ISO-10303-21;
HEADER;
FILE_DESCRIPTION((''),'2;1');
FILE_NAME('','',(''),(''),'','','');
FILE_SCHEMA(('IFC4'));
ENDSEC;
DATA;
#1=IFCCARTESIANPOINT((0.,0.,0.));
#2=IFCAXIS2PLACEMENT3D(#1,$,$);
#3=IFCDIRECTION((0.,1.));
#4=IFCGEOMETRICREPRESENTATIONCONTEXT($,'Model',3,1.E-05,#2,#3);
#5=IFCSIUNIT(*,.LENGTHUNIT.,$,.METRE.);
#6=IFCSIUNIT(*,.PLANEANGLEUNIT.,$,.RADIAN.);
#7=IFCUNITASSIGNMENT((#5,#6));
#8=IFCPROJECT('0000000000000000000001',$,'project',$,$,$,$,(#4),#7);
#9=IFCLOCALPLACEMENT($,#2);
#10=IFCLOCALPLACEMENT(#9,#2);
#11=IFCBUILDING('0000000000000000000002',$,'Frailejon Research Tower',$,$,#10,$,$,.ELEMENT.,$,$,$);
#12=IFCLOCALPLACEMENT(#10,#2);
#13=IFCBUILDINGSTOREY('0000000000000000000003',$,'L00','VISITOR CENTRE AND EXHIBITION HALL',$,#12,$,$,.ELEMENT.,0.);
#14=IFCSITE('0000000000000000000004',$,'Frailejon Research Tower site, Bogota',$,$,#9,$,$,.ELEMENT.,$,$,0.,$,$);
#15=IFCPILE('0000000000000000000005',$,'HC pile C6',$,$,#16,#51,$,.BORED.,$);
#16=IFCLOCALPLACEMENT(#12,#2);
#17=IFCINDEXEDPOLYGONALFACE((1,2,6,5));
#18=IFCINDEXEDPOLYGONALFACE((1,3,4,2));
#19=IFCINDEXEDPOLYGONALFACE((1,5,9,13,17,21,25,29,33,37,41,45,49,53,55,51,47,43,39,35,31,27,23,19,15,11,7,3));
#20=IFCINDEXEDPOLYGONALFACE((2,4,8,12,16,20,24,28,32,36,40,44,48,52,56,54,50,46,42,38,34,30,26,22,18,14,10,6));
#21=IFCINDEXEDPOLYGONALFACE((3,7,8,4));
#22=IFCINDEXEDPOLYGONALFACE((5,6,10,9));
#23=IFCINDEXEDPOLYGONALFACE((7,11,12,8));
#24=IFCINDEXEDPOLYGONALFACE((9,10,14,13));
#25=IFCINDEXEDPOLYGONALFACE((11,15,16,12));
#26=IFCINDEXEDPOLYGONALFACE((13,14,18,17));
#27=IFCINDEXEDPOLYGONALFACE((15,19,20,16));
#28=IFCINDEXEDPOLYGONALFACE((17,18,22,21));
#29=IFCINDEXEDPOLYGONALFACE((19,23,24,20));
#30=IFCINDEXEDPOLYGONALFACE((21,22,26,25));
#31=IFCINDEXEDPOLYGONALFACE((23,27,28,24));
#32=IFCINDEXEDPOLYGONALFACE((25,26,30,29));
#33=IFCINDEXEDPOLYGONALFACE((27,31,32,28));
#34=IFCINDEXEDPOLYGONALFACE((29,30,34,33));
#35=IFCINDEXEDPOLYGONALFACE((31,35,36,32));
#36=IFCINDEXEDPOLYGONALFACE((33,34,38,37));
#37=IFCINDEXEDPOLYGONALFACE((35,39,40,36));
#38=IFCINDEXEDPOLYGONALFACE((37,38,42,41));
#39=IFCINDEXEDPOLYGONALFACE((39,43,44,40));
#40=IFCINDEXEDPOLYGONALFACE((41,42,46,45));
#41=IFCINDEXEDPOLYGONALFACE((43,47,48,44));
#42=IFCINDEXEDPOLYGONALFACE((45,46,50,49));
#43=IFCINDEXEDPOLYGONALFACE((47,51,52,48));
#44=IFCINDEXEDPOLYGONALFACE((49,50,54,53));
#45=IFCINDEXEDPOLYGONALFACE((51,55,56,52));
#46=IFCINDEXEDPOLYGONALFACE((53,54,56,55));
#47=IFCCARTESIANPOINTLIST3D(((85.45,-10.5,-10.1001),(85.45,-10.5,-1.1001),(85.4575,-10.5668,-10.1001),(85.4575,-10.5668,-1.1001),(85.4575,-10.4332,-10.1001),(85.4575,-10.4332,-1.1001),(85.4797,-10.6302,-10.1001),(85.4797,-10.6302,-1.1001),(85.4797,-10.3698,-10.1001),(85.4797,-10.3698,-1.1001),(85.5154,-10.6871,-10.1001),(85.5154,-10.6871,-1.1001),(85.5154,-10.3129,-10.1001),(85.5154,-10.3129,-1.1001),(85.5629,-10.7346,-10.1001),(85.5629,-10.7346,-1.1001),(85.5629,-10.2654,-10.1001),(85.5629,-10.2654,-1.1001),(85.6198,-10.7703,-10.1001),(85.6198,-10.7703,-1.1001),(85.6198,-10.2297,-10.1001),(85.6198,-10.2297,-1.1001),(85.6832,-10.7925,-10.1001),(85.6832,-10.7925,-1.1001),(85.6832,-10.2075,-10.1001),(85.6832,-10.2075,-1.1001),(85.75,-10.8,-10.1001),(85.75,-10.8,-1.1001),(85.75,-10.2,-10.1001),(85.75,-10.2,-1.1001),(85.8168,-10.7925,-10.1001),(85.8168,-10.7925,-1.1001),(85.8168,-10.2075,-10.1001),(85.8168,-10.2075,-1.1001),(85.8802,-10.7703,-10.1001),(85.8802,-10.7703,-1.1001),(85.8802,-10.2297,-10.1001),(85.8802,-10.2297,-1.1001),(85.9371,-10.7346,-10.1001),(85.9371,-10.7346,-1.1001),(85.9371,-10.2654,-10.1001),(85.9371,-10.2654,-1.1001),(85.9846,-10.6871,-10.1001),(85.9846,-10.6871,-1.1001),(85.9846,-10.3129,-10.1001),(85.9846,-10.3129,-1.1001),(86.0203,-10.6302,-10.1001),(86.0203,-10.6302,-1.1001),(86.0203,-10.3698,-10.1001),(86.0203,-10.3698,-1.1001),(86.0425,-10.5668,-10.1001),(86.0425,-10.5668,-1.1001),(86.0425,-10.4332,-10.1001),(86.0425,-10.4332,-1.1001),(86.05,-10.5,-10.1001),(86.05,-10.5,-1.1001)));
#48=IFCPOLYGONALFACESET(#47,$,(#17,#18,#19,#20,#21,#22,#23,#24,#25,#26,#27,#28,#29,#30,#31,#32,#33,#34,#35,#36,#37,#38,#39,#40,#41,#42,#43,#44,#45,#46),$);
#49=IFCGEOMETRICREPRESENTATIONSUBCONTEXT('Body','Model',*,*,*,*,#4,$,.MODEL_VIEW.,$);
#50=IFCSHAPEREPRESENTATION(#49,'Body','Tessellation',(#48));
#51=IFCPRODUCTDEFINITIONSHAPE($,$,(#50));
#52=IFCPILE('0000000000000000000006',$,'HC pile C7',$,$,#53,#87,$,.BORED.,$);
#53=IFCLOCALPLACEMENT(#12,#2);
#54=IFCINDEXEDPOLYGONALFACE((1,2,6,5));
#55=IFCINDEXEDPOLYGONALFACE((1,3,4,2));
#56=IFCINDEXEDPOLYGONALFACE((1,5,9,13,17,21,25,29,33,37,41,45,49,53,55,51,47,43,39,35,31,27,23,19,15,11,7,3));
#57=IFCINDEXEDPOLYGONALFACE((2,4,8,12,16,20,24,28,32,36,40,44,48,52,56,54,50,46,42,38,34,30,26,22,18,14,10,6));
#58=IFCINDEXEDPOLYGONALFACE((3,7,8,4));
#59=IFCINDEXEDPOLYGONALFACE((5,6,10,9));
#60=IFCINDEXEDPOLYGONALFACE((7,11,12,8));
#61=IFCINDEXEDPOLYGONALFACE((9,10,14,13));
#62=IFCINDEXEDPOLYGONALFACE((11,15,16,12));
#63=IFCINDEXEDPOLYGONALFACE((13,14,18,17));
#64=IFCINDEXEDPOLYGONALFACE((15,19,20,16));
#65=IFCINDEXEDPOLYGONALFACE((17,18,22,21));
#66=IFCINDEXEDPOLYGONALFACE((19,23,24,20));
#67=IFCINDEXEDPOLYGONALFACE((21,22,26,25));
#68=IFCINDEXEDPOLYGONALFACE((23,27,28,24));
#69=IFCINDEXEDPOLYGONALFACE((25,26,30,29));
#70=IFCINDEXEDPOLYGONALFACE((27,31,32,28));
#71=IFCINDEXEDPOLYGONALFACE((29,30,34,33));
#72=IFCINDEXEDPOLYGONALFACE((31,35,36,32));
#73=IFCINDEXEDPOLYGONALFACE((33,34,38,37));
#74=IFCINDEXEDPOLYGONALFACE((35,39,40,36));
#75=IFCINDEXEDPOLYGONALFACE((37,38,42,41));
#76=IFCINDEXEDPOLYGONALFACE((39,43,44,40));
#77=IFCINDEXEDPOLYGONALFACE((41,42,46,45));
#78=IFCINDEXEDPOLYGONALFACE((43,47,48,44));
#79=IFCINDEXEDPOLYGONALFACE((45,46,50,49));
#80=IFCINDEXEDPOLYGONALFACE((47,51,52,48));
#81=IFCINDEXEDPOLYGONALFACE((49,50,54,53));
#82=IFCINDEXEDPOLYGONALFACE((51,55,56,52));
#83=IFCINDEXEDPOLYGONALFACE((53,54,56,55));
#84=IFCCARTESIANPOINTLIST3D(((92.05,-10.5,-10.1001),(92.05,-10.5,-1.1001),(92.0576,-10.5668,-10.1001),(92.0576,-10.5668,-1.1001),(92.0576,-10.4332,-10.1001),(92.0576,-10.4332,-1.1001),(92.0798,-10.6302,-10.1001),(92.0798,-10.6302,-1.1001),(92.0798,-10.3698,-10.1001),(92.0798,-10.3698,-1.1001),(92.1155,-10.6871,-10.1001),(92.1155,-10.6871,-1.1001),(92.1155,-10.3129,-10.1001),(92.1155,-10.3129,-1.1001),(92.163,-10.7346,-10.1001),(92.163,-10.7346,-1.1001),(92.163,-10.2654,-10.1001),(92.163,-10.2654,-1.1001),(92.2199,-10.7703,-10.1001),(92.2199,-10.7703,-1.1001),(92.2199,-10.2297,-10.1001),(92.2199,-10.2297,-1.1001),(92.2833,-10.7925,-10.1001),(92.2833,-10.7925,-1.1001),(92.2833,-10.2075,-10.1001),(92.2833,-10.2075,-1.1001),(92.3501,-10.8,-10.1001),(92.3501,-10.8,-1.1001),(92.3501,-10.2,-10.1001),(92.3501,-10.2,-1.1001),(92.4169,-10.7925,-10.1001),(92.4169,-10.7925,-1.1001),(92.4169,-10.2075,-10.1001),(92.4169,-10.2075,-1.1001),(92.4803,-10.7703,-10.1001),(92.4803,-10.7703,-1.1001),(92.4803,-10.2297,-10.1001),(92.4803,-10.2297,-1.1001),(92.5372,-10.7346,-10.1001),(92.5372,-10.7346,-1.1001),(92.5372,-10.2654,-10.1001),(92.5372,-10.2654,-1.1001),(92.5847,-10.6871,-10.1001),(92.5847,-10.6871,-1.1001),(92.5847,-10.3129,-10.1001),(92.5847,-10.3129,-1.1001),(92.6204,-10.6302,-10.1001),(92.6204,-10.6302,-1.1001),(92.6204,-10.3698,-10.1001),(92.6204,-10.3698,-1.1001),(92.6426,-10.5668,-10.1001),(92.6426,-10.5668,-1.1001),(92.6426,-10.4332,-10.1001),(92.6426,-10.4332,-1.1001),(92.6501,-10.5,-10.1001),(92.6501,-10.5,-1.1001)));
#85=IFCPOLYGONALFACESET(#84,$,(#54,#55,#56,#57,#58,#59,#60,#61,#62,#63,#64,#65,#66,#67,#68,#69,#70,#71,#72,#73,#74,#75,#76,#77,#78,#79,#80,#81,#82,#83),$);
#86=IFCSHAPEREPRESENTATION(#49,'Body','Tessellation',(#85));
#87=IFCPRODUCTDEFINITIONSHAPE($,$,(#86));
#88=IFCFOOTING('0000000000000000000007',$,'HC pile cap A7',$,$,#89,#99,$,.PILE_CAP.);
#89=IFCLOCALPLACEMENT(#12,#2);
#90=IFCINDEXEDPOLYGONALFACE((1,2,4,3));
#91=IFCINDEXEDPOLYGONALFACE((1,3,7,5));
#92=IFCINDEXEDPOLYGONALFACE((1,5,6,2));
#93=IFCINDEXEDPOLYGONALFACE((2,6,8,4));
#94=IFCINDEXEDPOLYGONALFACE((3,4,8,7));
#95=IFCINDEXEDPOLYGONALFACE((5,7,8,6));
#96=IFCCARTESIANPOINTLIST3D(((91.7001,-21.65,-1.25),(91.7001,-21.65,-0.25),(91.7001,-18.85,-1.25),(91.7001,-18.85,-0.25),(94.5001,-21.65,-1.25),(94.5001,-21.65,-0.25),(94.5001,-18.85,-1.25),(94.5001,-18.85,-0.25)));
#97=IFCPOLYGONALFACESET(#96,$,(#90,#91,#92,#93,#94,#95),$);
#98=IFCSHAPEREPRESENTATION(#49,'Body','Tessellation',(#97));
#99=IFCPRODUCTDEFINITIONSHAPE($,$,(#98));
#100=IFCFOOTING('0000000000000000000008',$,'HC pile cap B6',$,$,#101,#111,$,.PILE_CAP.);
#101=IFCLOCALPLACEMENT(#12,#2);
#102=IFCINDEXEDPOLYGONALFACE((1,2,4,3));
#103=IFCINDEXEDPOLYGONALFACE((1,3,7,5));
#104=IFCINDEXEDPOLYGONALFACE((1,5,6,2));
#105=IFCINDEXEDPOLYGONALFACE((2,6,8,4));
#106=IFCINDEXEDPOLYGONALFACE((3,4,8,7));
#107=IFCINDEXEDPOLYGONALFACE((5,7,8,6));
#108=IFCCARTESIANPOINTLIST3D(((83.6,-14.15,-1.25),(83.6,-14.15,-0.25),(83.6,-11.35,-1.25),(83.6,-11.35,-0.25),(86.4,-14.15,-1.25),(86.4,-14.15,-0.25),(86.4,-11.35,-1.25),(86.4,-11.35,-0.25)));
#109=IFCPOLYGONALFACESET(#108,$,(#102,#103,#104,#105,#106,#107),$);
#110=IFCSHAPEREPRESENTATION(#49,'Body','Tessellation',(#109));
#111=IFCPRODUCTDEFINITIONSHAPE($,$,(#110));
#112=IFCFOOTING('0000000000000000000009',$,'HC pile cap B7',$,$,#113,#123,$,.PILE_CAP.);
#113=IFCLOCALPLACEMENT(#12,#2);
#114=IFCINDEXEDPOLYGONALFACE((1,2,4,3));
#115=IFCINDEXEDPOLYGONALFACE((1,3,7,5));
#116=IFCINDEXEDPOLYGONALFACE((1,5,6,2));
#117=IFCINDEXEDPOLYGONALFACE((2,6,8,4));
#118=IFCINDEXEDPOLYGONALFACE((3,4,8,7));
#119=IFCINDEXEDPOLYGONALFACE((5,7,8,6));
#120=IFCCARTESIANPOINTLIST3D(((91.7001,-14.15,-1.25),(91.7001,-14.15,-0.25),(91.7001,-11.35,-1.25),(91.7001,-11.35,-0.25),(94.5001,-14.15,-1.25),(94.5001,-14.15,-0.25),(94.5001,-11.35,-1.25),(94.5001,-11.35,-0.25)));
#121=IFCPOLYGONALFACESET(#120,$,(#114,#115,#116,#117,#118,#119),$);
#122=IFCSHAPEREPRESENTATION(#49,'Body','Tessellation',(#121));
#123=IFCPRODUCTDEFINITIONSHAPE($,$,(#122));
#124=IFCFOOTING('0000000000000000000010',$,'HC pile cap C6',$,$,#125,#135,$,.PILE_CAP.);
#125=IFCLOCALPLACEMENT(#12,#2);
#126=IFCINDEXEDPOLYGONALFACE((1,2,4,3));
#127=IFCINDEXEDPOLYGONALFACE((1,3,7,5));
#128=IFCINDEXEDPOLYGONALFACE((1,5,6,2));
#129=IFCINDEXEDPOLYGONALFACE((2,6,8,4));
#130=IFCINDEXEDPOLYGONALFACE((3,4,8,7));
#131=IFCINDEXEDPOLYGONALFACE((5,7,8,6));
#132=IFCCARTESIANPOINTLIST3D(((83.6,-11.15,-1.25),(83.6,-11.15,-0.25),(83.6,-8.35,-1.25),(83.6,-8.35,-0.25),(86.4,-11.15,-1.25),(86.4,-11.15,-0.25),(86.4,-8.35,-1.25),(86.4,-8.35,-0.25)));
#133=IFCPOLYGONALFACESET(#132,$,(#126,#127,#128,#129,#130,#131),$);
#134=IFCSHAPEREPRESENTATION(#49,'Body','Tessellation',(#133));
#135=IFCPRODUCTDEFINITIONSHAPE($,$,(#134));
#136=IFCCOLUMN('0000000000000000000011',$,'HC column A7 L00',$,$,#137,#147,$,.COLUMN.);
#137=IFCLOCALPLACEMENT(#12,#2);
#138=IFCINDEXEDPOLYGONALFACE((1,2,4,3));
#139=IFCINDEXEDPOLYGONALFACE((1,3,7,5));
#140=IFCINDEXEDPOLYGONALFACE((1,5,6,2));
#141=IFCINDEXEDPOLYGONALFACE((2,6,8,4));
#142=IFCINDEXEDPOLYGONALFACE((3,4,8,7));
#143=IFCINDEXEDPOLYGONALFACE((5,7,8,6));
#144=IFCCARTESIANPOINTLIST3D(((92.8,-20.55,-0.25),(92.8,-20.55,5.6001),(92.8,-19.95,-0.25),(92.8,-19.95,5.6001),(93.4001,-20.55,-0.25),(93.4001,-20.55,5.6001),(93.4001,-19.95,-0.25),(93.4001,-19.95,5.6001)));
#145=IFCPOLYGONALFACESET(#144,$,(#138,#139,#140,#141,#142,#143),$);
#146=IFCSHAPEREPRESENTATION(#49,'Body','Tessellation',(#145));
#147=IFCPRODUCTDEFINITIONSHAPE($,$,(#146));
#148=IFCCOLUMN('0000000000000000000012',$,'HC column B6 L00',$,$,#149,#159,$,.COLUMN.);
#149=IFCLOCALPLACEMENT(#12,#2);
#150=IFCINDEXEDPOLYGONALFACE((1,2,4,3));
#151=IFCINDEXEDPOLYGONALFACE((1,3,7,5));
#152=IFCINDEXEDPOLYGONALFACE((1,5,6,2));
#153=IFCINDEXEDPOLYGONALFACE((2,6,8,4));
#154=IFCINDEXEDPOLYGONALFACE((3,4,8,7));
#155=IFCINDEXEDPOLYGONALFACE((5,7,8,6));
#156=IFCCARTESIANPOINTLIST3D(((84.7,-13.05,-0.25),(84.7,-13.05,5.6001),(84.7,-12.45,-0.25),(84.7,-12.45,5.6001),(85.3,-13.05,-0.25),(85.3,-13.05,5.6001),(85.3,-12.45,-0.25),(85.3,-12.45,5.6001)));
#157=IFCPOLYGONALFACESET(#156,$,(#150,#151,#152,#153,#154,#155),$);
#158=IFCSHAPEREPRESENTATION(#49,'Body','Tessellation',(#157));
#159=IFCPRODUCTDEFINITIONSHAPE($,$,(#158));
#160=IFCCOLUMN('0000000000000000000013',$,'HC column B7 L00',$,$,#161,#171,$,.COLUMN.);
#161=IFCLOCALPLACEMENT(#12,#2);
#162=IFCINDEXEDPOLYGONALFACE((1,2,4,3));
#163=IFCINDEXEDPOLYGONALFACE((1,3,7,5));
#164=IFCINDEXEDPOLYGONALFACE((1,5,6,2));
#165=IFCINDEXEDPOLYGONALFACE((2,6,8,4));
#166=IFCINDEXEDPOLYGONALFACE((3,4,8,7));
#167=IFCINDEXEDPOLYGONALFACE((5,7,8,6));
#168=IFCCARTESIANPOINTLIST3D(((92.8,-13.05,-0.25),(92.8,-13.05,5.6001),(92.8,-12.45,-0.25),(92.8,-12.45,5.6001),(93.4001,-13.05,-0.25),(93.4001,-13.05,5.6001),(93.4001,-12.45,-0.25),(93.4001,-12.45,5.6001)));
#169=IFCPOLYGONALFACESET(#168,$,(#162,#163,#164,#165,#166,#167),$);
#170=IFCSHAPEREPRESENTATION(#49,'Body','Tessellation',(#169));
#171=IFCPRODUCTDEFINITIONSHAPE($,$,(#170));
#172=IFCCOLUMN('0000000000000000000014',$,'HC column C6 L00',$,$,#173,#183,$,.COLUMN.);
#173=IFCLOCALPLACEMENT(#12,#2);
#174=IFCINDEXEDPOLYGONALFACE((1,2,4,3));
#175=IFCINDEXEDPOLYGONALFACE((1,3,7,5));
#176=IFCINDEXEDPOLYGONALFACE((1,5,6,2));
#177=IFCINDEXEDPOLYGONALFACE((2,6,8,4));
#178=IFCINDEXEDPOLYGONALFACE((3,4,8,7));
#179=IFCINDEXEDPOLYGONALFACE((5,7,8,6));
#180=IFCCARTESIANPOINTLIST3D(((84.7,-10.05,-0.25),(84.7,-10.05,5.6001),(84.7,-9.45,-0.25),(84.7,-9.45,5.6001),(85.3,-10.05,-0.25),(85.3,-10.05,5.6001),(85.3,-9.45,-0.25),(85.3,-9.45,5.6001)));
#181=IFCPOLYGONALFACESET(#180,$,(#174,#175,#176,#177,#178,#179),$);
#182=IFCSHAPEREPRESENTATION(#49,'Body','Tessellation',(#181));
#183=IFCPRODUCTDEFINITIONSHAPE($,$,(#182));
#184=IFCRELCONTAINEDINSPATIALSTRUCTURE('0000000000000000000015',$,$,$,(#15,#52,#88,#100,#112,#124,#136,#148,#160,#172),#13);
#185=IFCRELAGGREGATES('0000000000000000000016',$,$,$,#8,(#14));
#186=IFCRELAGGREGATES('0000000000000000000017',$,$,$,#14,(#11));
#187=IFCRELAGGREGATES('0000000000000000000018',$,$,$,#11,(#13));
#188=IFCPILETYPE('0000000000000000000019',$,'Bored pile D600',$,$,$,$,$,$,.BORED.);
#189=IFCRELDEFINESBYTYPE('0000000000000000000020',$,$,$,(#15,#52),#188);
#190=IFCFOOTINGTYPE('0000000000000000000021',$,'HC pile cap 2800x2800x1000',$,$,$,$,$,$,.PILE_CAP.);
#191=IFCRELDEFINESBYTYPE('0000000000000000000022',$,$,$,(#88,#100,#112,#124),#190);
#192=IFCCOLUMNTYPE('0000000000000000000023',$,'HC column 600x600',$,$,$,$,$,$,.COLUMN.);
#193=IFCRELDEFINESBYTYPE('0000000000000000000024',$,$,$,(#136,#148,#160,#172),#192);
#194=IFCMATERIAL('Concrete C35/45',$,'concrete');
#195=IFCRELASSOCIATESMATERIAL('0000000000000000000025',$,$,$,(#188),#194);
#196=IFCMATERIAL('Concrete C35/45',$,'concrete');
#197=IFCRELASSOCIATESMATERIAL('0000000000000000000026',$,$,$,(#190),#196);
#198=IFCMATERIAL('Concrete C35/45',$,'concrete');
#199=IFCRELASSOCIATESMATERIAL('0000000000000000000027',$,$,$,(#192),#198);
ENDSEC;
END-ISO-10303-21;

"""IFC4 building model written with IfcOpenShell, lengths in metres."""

from ifc_helpers import new_model, si_unit, direction, frame, origin, origin_2d, place, context, subcontext, project, spatial, rectangle, circle, extrude, material, material_profile, profile_set, type_object, element, save


model = new_model("IFC4")

# Units and contexts
model_context = context("Model", 3, precision=1e-05, world=origin(), true_north=direction((0.0, 1.0)))
body_context = subcontext(model_context, "Body", "Model", "MODEL_VIEW")
ifc_project = project(units=[si_unit("LENGTHUNIT", "METRE"), si_unit("PLANEANGLEUNIT", "RADIAN")], contexts=[model_context])

# Site, building, storey
site_placement = place(None, origin())
site = spatial("IfcSite", under=ifc_project, at=site_placement, Name="Frailejon Research Tower site, Bogota", CompositionType="ELEMENT", RefElevation=0.0)
building_placement = place(site_placement, origin())
building = spatial("IfcBuilding", under=site, at=building_placement, Name="Frailejon Research Tower", CompositionType="ELEMENT")
storey_placement = place(building_placement, origin())
storey = spatial("IfcBuildingStorey", under=building, at=storey_placement, Name="L00", Description="VISITOR CENTRE AND EXHIBITION HALL", CompositionType="ELEMENT", Elevation=0.0)

# Piles
ifc_material_1 = material(Name="Concrete C35/45", Category="concrete")
ifc_material_profile_1 = material_profile(ifc_material_1, circle(Radius=0.3, at=origin_2d()), Name="Bored pile D600")
ifc_profile_set_1 = profile_set([ifc_material_profile_1], Name="Concrete C35/45")
pile_type = type_object("IfcPileType", Name="Bored pile D600", PredefinedType="BORED", material=ifc_profile_set_1)
for number, where, z_axis, x_axis, name in (
    (1, (85.75, -10.5, -1.1001), (0.0, 0.0, -1.0), (1.0, 0.0, 0.0), "HC pile C6"),
    (2, (92.3501, -10.5, -1.1001), (0.0, 0.0, -1.0), (1.0, 0.0, 0.0), "HC pile C7"),
):
    element("IfcPile", number, at=place(storey_placement, frame(where, z_axis=z_axis, x_axis=x_axis)), inside=storey, type_object=pile_type, Name=name, PredefinedType="BORED", context=body_context, shape_type="SweptSolid", body=[
        extrude(circle(Radius=0.3, at=origin_2d()), origin(), (0.0, 0.0, 1.0), 9.0),
    ])

# Footings
ifc_material_2 = material(Name="Concrete C35/45", Category="concrete")
footing_type = type_object("IfcFootingType", Name="HC pile cap 2800x2800x1000", PredefinedType="PILE_CAP", material=ifc_material_2)
for number, where, z_axis, x_axis, name in (
    (3, (93.1001, -20.25, -1.25), (0.0, 0.0, 1.0), (1.0, 0.0, 0.0), "HC pile cap A7"),
    (4, (85.0, -12.75, -1.25), (0.0, 0.0, 1.0), (1.0, 0.0, 0.0), "HC pile cap B6"),
    (5, (93.1001, -12.75, -1.25), (0.0, 0.0, 1.0), (1.0, 0.0, 0.0), "HC pile cap B7"),
    (6, (85.0, -9.75, -1.25), (0.0, 0.0, 1.0), (1.0, 0.0, 0.0), "HC pile cap C6"),
):
    element("IfcFooting", number, at=place(storey_placement, frame(where, z_axis=z_axis, x_axis=x_axis)), inside=storey, type_object=footing_type, Name=name, PredefinedType="PILE_CAP", context=body_context, shape_type="SweptSolid", body=[
        extrude(rectangle(XDim=2.8, YDim=2.8, at=origin_2d()), origin(), (0.0, 0.0, 1.0), 1.0),
    ])

# Columns
ifc_material_3 = material(Name="Concrete C35/45", Category="concrete")
ifc_material_profile_2 = material_profile(ifc_material_3, rectangle(XDim=0.6001, YDim=0.6001, at=origin_2d()), Name="HC column 600x600")
ifc_profile_set_2 = profile_set([ifc_material_profile_2], Name="Concrete C35/45")
column_type = type_object("IfcColumnType", Name="HC column 600x600", PredefinedType="COLUMN", material=ifc_profile_set_2)
for number, where, z_axis, x_axis, name in (
    (7, (93.1001, -20.25, -0.25), (0.0, 0.0, 1.0), (1.0, 0.0, 0.0), "HC column A7 L00"),
    (8, (85.0, -12.75, -0.25), (0.0, 0.0, 1.0), (1.0, 0.0, 0.0), "HC column B6 L00"),
    (9, (93.1001, -12.75, -0.25), (0.0, 0.0, 1.0), (1.0, 0.0, 0.0), "HC column B7 L00"),
    (10, (85.0, -9.75, -0.25), (0.0, 0.0, 1.0), (1.0, 0.0, 0.0), "HC column C6 L00"),
):
    element("IfcColumn", number, at=place(storey_placement, frame(where, z_axis=z_axis, x_axis=x_axis)), inside=storey, type_object=column_type, Name=name, PredefinedType="COLUMN", context=body_context, shape_type="SweptSolid", body=[
        extrude(rectangle(XDim=0.6001, YDim=0.6001, at=origin_2d()), origin(), (0.0, 0.0, 1.0), 5.8501),
    ])

save(model, "model.ifc")
